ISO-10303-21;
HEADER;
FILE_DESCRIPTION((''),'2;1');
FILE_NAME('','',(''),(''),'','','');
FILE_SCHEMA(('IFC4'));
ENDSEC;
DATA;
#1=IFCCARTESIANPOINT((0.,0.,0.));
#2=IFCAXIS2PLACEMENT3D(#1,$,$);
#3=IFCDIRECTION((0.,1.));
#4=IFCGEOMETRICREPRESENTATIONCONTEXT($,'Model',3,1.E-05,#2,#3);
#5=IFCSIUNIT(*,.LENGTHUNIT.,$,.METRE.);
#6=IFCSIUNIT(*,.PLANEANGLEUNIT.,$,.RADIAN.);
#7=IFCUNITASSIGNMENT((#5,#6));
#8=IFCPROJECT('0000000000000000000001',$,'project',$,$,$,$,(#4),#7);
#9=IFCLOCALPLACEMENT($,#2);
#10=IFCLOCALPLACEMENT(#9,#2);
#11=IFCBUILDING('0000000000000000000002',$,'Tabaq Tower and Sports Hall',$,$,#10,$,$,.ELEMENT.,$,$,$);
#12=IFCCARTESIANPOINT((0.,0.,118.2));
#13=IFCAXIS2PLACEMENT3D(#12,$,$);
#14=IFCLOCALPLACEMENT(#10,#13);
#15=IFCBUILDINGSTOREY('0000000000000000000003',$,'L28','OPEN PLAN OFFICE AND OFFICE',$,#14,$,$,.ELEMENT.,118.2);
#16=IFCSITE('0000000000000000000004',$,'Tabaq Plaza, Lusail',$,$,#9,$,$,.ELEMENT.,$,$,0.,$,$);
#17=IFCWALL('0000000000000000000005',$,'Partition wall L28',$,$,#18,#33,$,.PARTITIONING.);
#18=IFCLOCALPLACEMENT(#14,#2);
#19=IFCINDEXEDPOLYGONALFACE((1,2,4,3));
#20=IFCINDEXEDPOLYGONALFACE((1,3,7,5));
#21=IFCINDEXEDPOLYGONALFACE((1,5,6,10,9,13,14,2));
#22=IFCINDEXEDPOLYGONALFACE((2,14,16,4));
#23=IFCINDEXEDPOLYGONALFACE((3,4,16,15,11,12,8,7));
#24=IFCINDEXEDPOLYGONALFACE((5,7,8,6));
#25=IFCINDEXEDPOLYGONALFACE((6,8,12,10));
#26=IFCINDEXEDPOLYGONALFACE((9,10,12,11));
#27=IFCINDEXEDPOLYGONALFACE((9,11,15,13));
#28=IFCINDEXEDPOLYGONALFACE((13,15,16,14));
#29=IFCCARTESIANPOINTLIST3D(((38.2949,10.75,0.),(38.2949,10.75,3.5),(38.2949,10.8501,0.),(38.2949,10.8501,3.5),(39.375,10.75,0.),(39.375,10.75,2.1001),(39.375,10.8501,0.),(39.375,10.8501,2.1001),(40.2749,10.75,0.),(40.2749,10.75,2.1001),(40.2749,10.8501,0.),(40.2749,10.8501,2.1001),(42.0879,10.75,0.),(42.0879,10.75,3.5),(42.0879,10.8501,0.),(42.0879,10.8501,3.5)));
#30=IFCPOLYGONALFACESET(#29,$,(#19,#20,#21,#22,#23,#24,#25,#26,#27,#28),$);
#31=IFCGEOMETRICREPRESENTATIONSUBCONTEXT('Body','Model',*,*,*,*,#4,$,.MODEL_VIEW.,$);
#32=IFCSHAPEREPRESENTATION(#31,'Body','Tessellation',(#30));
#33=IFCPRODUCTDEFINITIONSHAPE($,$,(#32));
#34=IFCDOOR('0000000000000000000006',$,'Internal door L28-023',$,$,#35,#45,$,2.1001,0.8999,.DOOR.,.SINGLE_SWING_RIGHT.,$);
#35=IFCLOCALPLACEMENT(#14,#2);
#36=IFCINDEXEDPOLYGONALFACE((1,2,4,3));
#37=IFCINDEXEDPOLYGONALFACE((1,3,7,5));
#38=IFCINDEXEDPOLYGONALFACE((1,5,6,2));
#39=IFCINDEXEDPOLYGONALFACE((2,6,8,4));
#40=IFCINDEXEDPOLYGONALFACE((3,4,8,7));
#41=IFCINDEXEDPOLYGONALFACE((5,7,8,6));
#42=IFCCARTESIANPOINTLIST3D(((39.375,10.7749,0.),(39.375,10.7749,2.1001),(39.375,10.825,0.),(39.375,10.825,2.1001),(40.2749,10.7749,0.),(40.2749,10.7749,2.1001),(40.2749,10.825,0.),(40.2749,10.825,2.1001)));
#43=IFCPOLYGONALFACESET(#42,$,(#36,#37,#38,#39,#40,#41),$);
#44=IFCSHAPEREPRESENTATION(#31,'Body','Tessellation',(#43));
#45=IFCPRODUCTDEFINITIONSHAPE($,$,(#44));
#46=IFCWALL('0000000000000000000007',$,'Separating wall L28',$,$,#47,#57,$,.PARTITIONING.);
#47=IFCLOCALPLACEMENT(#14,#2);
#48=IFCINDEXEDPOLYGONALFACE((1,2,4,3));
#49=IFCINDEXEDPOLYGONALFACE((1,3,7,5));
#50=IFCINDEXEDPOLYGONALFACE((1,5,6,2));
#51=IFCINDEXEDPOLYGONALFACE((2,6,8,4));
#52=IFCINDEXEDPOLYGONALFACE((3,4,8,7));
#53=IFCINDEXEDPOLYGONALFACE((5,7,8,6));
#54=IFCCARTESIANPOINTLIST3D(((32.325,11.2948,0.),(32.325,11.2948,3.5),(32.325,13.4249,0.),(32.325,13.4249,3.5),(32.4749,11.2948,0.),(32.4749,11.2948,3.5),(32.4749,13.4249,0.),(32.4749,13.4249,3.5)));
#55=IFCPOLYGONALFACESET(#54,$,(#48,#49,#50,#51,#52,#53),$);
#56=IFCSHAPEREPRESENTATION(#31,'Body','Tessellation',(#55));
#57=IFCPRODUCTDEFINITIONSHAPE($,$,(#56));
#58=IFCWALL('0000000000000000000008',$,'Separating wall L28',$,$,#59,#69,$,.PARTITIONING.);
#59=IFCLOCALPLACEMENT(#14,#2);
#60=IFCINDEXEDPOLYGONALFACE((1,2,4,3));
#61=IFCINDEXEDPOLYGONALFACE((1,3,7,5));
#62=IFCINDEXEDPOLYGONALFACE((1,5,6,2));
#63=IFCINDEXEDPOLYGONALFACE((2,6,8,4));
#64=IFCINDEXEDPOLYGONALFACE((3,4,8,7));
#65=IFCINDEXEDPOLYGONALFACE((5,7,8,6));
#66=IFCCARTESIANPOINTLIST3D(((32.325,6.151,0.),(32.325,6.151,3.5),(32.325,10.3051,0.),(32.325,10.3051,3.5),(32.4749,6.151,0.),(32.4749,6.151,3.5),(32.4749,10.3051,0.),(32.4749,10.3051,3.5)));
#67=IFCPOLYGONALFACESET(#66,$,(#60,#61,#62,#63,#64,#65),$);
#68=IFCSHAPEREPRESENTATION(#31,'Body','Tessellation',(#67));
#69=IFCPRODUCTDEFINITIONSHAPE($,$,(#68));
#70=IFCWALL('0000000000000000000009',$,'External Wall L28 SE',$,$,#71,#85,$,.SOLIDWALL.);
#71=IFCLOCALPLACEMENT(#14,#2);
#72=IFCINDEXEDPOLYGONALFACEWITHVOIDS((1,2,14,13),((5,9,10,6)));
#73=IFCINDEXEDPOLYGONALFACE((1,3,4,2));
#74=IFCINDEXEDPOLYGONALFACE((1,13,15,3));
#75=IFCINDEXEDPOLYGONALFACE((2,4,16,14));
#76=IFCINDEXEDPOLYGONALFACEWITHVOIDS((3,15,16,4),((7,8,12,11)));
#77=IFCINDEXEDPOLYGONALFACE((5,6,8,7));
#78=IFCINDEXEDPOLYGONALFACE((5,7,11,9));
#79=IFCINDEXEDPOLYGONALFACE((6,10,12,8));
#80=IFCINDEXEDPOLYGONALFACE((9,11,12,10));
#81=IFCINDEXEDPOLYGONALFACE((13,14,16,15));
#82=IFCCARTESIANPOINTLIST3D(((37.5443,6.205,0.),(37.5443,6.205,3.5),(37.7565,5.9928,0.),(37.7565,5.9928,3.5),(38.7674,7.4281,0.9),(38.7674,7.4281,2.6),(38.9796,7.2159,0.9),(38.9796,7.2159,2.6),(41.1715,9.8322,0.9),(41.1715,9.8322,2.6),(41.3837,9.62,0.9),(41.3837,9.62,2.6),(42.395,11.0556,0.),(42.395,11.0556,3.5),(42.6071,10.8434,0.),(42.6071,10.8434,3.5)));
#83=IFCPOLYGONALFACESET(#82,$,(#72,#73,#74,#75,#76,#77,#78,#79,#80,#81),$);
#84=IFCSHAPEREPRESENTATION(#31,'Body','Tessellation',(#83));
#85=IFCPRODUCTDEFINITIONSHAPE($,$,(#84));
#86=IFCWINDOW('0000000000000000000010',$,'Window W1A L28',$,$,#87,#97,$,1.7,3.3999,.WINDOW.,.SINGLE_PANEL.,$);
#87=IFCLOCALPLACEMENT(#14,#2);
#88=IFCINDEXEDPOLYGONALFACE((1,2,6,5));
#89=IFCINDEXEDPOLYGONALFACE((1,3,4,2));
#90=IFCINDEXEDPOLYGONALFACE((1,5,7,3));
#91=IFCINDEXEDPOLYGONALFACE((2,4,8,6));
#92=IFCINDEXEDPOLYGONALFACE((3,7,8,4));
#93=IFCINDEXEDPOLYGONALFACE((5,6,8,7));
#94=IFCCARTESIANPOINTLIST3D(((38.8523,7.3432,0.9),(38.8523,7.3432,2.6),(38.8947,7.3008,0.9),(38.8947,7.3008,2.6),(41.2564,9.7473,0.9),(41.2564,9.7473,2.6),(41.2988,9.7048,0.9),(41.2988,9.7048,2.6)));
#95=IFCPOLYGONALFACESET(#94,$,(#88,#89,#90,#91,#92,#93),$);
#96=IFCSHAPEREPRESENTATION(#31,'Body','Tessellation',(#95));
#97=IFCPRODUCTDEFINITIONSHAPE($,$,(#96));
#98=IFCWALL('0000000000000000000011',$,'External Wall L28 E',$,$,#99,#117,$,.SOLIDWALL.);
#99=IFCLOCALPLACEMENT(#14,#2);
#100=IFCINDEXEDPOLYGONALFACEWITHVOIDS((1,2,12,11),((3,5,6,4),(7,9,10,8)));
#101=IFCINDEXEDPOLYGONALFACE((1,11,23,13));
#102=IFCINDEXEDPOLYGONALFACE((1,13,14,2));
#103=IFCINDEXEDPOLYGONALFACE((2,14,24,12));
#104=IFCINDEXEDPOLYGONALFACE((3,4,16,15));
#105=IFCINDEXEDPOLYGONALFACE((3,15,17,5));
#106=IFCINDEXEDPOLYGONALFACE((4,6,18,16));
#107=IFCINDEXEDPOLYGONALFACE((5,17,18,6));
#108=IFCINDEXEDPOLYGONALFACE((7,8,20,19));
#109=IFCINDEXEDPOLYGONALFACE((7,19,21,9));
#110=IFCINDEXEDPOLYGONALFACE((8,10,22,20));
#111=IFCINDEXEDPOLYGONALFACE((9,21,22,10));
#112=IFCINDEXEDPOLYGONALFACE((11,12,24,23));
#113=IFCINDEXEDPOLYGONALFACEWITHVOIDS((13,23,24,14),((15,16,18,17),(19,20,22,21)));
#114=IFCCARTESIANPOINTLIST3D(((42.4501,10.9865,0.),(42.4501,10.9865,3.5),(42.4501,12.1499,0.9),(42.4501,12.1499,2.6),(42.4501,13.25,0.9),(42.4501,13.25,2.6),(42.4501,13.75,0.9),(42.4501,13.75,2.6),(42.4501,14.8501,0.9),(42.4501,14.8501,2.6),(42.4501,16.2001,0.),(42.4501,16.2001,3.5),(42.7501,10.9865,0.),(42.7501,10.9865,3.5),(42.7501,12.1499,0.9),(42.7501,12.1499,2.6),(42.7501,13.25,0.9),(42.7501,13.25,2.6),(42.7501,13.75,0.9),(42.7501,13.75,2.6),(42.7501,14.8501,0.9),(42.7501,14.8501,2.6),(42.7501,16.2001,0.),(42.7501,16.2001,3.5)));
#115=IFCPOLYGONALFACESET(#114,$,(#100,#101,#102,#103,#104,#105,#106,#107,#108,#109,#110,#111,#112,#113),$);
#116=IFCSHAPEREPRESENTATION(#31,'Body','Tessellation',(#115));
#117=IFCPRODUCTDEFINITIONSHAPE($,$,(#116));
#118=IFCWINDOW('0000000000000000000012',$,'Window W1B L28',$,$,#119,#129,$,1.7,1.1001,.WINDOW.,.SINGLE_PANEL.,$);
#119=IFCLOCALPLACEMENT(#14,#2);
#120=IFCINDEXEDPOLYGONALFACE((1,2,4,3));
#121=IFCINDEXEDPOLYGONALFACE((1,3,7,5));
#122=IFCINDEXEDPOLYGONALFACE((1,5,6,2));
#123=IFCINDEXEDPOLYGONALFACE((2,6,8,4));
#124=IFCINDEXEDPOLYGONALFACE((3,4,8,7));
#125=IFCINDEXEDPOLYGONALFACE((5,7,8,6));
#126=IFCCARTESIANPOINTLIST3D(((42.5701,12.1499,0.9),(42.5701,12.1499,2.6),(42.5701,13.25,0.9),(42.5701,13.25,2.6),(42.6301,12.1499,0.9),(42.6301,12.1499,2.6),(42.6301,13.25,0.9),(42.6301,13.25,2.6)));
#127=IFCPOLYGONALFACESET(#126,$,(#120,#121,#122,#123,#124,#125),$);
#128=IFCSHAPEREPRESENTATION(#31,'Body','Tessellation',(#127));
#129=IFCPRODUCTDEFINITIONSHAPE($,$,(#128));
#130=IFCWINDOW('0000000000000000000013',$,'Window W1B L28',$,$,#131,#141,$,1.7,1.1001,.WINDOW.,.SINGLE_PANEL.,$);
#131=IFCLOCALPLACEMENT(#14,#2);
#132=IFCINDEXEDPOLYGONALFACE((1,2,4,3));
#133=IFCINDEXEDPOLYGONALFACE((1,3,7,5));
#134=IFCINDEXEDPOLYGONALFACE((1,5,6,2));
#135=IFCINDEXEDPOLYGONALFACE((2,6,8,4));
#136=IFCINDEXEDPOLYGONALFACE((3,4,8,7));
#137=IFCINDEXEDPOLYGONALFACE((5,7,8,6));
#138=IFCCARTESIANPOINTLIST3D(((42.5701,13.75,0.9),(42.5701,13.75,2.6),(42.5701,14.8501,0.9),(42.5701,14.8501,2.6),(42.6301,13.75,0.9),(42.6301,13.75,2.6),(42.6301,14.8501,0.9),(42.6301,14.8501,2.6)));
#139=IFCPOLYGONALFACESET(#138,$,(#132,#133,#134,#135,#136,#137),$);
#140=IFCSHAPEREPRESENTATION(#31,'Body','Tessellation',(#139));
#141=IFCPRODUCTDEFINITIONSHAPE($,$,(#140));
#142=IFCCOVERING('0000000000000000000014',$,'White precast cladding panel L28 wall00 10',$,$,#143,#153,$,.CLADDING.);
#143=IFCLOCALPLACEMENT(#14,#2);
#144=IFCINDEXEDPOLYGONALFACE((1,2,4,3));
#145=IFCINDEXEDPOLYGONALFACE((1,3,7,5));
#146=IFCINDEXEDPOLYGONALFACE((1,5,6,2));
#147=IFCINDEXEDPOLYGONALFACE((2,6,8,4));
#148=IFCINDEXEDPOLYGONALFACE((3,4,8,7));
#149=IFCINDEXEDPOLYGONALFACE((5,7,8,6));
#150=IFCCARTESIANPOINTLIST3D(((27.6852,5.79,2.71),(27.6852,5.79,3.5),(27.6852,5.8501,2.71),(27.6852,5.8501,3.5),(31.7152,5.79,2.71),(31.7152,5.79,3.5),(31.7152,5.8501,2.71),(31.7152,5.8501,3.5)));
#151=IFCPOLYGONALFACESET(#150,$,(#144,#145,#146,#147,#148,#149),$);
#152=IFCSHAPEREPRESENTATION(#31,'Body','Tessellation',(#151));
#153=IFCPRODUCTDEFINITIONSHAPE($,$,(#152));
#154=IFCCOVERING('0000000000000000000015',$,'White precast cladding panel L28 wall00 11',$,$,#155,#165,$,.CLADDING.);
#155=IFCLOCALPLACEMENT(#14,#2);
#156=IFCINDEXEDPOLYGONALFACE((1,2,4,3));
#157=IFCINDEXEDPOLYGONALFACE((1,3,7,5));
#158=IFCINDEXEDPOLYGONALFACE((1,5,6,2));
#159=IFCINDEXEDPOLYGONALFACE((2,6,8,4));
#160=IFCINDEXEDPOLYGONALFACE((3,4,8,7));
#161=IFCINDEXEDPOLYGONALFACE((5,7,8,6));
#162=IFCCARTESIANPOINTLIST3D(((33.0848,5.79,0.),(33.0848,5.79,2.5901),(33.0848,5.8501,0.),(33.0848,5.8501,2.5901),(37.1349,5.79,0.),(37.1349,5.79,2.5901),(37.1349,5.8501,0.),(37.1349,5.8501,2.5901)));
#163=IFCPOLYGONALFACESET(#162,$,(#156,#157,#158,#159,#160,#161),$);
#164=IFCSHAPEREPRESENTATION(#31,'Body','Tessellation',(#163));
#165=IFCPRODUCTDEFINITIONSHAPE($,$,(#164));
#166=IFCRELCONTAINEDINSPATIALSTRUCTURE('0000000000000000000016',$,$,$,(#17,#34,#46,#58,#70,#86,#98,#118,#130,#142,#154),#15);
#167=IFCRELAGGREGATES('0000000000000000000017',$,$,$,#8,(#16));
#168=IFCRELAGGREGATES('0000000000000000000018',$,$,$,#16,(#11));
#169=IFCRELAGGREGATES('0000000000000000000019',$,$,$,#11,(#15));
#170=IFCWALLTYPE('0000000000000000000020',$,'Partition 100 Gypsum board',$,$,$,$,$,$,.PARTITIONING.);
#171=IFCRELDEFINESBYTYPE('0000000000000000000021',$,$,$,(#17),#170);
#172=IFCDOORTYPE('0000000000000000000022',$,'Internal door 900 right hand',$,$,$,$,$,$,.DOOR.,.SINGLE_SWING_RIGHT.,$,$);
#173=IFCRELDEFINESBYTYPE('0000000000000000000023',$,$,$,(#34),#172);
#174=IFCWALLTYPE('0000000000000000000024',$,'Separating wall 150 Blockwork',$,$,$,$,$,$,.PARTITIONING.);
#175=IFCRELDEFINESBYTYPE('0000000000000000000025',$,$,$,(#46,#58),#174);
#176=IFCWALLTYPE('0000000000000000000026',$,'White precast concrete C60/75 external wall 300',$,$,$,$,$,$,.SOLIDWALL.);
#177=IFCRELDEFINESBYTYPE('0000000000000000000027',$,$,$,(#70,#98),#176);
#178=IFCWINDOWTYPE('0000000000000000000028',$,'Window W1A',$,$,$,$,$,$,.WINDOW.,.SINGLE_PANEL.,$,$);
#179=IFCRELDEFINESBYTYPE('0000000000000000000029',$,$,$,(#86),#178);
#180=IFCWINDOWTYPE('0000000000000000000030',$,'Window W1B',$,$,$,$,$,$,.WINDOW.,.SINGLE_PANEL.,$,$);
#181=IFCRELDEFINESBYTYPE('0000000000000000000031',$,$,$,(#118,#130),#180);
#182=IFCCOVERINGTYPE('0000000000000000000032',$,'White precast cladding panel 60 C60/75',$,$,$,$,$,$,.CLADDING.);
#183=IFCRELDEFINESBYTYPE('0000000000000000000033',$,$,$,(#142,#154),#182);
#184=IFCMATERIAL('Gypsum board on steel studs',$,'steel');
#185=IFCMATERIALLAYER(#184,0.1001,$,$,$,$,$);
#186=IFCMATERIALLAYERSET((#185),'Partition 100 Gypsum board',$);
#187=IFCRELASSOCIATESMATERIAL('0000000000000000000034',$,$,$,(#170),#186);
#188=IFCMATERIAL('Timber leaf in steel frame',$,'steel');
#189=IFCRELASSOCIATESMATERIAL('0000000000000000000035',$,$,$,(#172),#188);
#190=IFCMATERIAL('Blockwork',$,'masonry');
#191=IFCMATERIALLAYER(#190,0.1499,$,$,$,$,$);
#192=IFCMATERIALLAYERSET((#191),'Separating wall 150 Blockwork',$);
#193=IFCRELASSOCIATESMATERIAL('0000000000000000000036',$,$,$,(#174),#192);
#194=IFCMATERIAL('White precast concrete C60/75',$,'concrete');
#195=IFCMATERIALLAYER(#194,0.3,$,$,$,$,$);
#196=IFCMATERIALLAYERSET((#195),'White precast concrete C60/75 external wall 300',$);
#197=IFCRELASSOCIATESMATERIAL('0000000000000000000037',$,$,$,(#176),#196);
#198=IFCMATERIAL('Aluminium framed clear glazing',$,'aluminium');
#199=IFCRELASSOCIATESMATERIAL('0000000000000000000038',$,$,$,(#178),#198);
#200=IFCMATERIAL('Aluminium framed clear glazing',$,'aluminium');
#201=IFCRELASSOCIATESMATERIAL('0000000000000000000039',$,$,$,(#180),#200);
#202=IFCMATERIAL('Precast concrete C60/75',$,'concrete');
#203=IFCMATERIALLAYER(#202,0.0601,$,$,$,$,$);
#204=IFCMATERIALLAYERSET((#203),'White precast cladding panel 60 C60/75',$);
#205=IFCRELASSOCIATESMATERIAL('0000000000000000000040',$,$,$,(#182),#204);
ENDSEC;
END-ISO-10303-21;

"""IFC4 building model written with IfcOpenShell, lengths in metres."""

from ifc_helpers import new_model, si_unit, direction, frame, frame_2d, origin, place, context, subcontext, project, spatial, rectangle, extrude, material, layer, layer_set, type_object, element, fill, save


model = new_model("IFC4")

# Units and contexts
model_context = context("Model", 3, precision=1e-05, world=origin(), true_north=direction((0.0, 1.0)))
body_context = subcontext(model_context, "Body", "Model", "MODEL_VIEW")
ifc_project = project(units=[si_unit("LENGTHUNIT", "METRE"), si_unit("PLANEANGLEUNIT", "RADIAN")], contexts=[model_context])

# Site, building, storey
site_placement = place(None, origin())
site = spatial("IfcSite", under=ifc_project, at=site_placement, Name="Tabaq Plaza, Lusail", CompositionType="ELEMENT", RefElevation=0.0)
building_placement = place(site_placement, origin())
building = spatial("IfcBuilding", under=site, at=building_placement, Name="Tabaq Tower and Sports Hall", CompositionType="ELEMENT")
storey_placement = place(building_placement, frame((0.0, 0.0, 118.2)))
storey = spatial("IfcBuildingStorey", under=building, at=storey_placement, Name="L28", Description="OPEN PLAN OFFICE AND OFFICE", CompositionType="ELEMENT", Elevation=118.2)

# Wall, opening, door
ifc_material_1 = material(Name="Gypsum board on steel studs", Category="steel")
ifc_layer_1 = layer(ifc_material_1, 0.1001)
ifc_layer_set_1 = layer_set([ifc_layer_1], Name="Partition 100 Gypsum board")
wall_type_1 = type_object("IfcWallType", Name="Partition 100 Gypsum board", PredefinedType="PARTITIONING", material=ifc_layer_set_1)
ifc_material_2 = material(Name="Timber leaf in steel frame", Category="steel")
door_type_1 = type_object("IfcDoorType", Name="Internal door 900 right hand", OperationType="SINGLE_SWING_RIGHT", PredefinedType="DOOR", material=ifc_material_2)
wall_1_placement = place(storey_placement, frame((38.2949, 10.8, 0.0), z_axis=(0.0, 0.0, 1.0), x_axis=(1.0, 0.0, 0.0)))
wall_1 = element("IfcWall", 1, at=wall_1_placement, inside=storey, type_object=wall_type_1, Name="Partition wall L28", PredefinedType="PARTITIONING", context=body_context, shape_type="SweptSolid", body=[
    extrude(rectangle(XDim=3.793, YDim=0.1001, at=frame_2d((1.8965, 0.0))), origin(), (0.0, 0.0, 1.0), 3.5),
])
opening_1_placement = place(wall_1_placement, frame((1.0801, 0.0, 0.0)))
opening_1 = element("IfcOpeningElement", 2, at=opening_1_placement, cuts=wall_1, PredefinedType="OPENING", context=body_context, shape_type="SweptSolid", body=[
    extrude(rectangle(XDim=0.8999, YDim=2.1001, at=frame_2d((0.45, 1.05))), frame((0.0, 0.05, 0.0), z_axis=(0.0, -1.0, 0.0), x_axis=(1.0, 0.0, 0.0)), (0.0, 0.0, 1.0), 0.1001),
])
door_1_placement = place(opening_1_placement, origin())
door_1 = element("IfcDoor", 3, at=door_1_placement, inside=storey, type_object=door_type_1, Name="Internal door L28-023", OperationType="SINGLE_SWING_RIGHT", OverallHeight=2.1001, OverallWidth=0.8999, PredefinedType="DOOR", context=body_context, shape_type="SweptSolid", body=[
    extrude(rectangle(XDim=0.8999, YDim=2.1001, at=frame_2d((0.45, 1.05))), frame((0.0, 0.0249, 0.0), z_axis=(0.0, -1.0, 0.0), x_axis=(1.0, 0.0, 0.0)), (0.0, 0.0, 1.0), 0.05),
])
fill(opening_1, door_1)

# Walls
ifc_material_3 = material(Name="Blockwork", Category="masonry")
ifc_layer_2 = layer(ifc_material_3, 0.1499)
ifc_layer_set_2 = layer_set([ifc_layer_2], Name="Separating wall 150 Blockwork")
wall_type_2 = type_object("IfcWallType", Name="Separating wall 150 Blockwork", PredefinedType="PARTITIONING", material=ifc_layer_set_2)
wall_2_placement = place(storey_placement, frame((32.3999, 11.2949, 0.0), z_axis=(0.0, 0.0, 1.0), x_axis=(0.0, 1.0, 0.0)))
element("IfcWall", 4, at=wall_2_placement, inside=storey, type_object=wall_type_2, Name="Separating wall L28", PredefinedType="PARTITIONING", context=body_context, shape_type="SweptSolid", body=[
    extrude(rectangle(XDim=2.1301, YDim=0.1499, at=frame_2d((1.0649, 0.0))), origin(), (0.0, 0.0, 1.0), 3.5),
])
wall_3_placement = place(storey_placement, frame((32.3999, 6.1509, 0.0), z_axis=(0.0, 0.0, 1.0), x_axis=(0.0, 1.0, 0.0)))
element("IfcWall", 5, at=wall_3_placement, inside=storey, type_object=wall_type_2, Name="Separating wall L28", PredefinedType="PARTITIONING", context=body_context, shape_type="SweptSolid", body=[
    extrude(rectangle(XDim=4.1541, YDim=0.1499, at=frame_2d((2.0771, 0.0))), origin(), (0.0, 0.0, 1.0), 3.5),
])

# Wall, opening, window
ifc_material_4 = material(Name="White precast concrete C60/75", Category="concrete")
ifc_layer_3 = layer(ifc_material_4, 0.3)
ifc_layer_set_3 = layer_set([ifc_layer_3], Name="White precast concrete C60/75 external wall 300")
wall_type_3 = type_object("IfcWallType", Name="White precast concrete C60/75 external wall 300", PredefinedType="SOLIDWALL", material=ifc_layer_set_3)
wall_4_placement = place(storey_placement, frame((37.6504, 6.0989, 0.0), z_axis=(0.0, 0.0, 1.0), x_axis=(0.707107, 0.707107, 0.0)))
wall_4 = element("IfcWall", 6, at=wall_4_placement, inside=storey, type_object=wall_type_3, Name="External Wall L28 SE", PredefinedType="SOLIDWALL", context=body_context, shape_type="SweptSolid", body=[
    extrude(rectangle(XDim=6.8599, YDim=0.3, at=frame_2d((3.4299, 0.0))), origin(), (0.0, 0.0, 1.0), 3.5),
])
opening_2_placement = place(wall_4_placement, frame((1.7297, 0.0, 0.8999)))
opening_2 = element("IfcOpeningElement", 7, at=opening_2_placement, cuts=wall_4, PredefinedType="OPENING", context=body_context, shape_type="SweptSolid", body=[
    extrude(rectangle(XDim=3.3999, YDim=1.7, at=frame_2d((1.7, 0.8501))), frame((0.0, 0.1602, 0.0), z_axis=(0.0, -1.0, 0.0), x_axis=(1.0, 0.0, 0.0)), (0.0, 0.0, 1.0), 0.3201),
])
ifc_material_5 = material(Name="Aluminium framed clear glazing", Category="aluminium")
window_type_1 = type_object("IfcWindowType", Name="Window W1A", PartitioningType="SINGLE_PANEL", PredefinedType="WINDOW", material=ifc_material_5)
window_1_placement = place(opening_2_placement, origin())
window_1 = element("IfcWindow", 8, at=window_1_placement, inside=storey, type_object=window_type_1, Name="Window W1A L28", OverallHeight=1.7, OverallWidth=3.3999, PartitioningType="SINGLE_PANEL", PredefinedType="WINDOW", context=body_context, shape_type="SweptSolid", body=[
    extrude(rectangle(XDim=3.3999, YDim=1.7, at=frame_2d((1.7, 0.8501))), frame((0.0, 0.03, 0.0), z_axis=(0.0, -1.0, 0.0), x_axis=(1.0, 0.0, 0.0)), (0.0, 0.0, 1.0), 0.0601),
])
fill(opening_2, window_1)

# Wall, openings, windows
wall_5_placement = place(storey_placement, frame((42.6001, 10.9863, 0.0), z_axis=(0.0, 0.0, 1.0), x_axis=(0.0, 1.0, 0.0)))
wall_5 = element("IfcWall", 9, at=wall_5_placement, inside=storey, type_object=wall_type_3, Name="External Wall L28 E", PredefinedType="SOLIDWALL", context=body_context, shape_type="SweptSolid", body=[
    extrude(rectangle(XDim=5.2136, YDim=0.3, at=frame_2d((2.6069, 0.0))), origin(), (0.0, 0.0, 1.0), 3.5),
])
opening_3_placement = place(wall_5_placement, frame((1.1636, 0.0, 0.8999)))
opening_3 = element("IfcOpeningElement", 10, at=opening_3_placement, cuts=wall_5, PredefinedType="OPENING", context=body_context, shape_type="SweptSolid", body=[
    extrude(rectangle(XDim=1.1001, YDim=1.7, at=frame_2d((0.55, 0.8501))), frame((0.0, 0.1602, 0.0), z_axis=(0.0, -1.0, 0.0), x_axis=(1.0, 0.0, 0.0)), (0.0, 0.0, 1.0), 0.3201),
])
opening_4_placement = place(wall_5_placement, frame((2.7637, 0.0, 0.8999)))
opening_4 = element("IfcOpeningElement", 11, at=opening_4_placement, cuts=wall_5, PredefinedType="OPENING", context=body_context, shape_type="SweptSolid", body=[
    extrude(rectangle(XDim=1.1001, YDim=1.7, at=frame_2d((0.55, 0.8501))), frame((0.0, 0.1602, 0.0), z_axis=(0.0, -1.0, 0.0), x_axis=(1.0, 0.0, 0.0)), (0.0, 0.0, 1.0), 0.3201),
])
ifc_material_6 = material(Name="Aluminium framed clear glazing", Category="aluminium")
window_type_2 = type_object("IfcWindowType", Name="Window W1B", PartitioningType="SINGLE_PANEL", PredefinedType="WINDOW", material=ifc_material_6)
window_2_placement = place(opening_3_placement, origin())
window_2 = element("IfcWindow", 12, at=window_2_placement, inside=storey, type_object=window_type_2, Name="Window W1B L28", OverallHeight=1.7, OverallWidth=1.1001, PartitioningType="SINGLE_PANEL", PredefinedType="WINDOW", context=body_context, shape_type="SweptSolid", body=[
    extrude(rectangle(XDim=1.1001, YDim=1.7, at=frame_2d((0.55, 0.8501))), frame((0.0, 0.03, 0.0), z_axis=(0.0, -1.0, 0.0), x_axis=(1.0, 0.0, 0.0)), (0.0, 0.0, 1.0), 0.0601),
])
fill(opening_3, window_2)
window_3_placement = place(opening_4_placement, origin())
window_3 = element("IfcWindow", 13, at=window_3_placement, inside=storey, type_object=window_type_2, Name="Window W1B L28", OverallHeight=1.7, OverallWidth=1.1001, PartitioningType="SINGLE_PANEL", PredefinedType="WINDOW", context=body_context, shape_type="SweptSolid", body=[
    extrude(rectangle(XDim=1.1001, YDim=1.7, at=frame_2d((0.55, 0.8501))), frame((0.0, 0.03, 0.0), z_axis=(0.0, -1.0, 0.0), x_axis=(1.0, 0.0, 0.0)), (0.0, 0.0, 1.0), 0.0601),
])
fill(opening_4, window_3)

# Coverings
ifc_material_7 = material(Name="Precast concrete C60/75", Category="concrete")
ifc_layer_4 = layer(ifc_material_7, 0.0601)
ifc_layer_set_4 = layer_set([ifc_layer_4], Name="White precast cladding panel 60 C60/75")
covering_type = type_object("IfcCoveringType", Name="White precast cladding panel 60 C60/75", PredefinedType="CLADDING", material=ifc_layer_set_4)
covering_1_placement = place(storey_placement, frame((27.6851, 5.8201, 2.71), z_axis=(0.0, 0.0, 1.0), x_axis=(1.0, 0.0, 0.0)))
element("IfcCovering", 14, at=covering_1_placement, inside=storey, type_object=covering_type, Name="White precast cladding panel L28 wall00 10", PredefinedType="CLADDING", context=body_context, shape_type="SweptSolid", body=[
    extrude(rectangle(XDim=4.03, YDim=0.0601, at=frame_2d((2.0151, 0.0))), origin(), (0.0, 0.0, 1.0), 0.79),
])
covering_2_placement = place(storey_placement, frame((33.085, 5.8201, 0.0), z_axis=(0.0, 0.0, 1.0), x_axis=(1.0, 0.0, 0.0)))
element("IfcCovering", 15, at=covering_2_placement, inside=storey, type_object=covering_type, Name="White precast cladding panel L28 wall00 11", PredefinedType="CLADDING", context=body_context, shape_type="SweptSolid", body=[
    extrude(rectangle(XDim=4.05, YDim=0.0601, at=frame_2d((2.0249, 0.0))), origin(), (0.0, 0.0, 1.0), 2.5901),
])

save(model, "model.ifc")
